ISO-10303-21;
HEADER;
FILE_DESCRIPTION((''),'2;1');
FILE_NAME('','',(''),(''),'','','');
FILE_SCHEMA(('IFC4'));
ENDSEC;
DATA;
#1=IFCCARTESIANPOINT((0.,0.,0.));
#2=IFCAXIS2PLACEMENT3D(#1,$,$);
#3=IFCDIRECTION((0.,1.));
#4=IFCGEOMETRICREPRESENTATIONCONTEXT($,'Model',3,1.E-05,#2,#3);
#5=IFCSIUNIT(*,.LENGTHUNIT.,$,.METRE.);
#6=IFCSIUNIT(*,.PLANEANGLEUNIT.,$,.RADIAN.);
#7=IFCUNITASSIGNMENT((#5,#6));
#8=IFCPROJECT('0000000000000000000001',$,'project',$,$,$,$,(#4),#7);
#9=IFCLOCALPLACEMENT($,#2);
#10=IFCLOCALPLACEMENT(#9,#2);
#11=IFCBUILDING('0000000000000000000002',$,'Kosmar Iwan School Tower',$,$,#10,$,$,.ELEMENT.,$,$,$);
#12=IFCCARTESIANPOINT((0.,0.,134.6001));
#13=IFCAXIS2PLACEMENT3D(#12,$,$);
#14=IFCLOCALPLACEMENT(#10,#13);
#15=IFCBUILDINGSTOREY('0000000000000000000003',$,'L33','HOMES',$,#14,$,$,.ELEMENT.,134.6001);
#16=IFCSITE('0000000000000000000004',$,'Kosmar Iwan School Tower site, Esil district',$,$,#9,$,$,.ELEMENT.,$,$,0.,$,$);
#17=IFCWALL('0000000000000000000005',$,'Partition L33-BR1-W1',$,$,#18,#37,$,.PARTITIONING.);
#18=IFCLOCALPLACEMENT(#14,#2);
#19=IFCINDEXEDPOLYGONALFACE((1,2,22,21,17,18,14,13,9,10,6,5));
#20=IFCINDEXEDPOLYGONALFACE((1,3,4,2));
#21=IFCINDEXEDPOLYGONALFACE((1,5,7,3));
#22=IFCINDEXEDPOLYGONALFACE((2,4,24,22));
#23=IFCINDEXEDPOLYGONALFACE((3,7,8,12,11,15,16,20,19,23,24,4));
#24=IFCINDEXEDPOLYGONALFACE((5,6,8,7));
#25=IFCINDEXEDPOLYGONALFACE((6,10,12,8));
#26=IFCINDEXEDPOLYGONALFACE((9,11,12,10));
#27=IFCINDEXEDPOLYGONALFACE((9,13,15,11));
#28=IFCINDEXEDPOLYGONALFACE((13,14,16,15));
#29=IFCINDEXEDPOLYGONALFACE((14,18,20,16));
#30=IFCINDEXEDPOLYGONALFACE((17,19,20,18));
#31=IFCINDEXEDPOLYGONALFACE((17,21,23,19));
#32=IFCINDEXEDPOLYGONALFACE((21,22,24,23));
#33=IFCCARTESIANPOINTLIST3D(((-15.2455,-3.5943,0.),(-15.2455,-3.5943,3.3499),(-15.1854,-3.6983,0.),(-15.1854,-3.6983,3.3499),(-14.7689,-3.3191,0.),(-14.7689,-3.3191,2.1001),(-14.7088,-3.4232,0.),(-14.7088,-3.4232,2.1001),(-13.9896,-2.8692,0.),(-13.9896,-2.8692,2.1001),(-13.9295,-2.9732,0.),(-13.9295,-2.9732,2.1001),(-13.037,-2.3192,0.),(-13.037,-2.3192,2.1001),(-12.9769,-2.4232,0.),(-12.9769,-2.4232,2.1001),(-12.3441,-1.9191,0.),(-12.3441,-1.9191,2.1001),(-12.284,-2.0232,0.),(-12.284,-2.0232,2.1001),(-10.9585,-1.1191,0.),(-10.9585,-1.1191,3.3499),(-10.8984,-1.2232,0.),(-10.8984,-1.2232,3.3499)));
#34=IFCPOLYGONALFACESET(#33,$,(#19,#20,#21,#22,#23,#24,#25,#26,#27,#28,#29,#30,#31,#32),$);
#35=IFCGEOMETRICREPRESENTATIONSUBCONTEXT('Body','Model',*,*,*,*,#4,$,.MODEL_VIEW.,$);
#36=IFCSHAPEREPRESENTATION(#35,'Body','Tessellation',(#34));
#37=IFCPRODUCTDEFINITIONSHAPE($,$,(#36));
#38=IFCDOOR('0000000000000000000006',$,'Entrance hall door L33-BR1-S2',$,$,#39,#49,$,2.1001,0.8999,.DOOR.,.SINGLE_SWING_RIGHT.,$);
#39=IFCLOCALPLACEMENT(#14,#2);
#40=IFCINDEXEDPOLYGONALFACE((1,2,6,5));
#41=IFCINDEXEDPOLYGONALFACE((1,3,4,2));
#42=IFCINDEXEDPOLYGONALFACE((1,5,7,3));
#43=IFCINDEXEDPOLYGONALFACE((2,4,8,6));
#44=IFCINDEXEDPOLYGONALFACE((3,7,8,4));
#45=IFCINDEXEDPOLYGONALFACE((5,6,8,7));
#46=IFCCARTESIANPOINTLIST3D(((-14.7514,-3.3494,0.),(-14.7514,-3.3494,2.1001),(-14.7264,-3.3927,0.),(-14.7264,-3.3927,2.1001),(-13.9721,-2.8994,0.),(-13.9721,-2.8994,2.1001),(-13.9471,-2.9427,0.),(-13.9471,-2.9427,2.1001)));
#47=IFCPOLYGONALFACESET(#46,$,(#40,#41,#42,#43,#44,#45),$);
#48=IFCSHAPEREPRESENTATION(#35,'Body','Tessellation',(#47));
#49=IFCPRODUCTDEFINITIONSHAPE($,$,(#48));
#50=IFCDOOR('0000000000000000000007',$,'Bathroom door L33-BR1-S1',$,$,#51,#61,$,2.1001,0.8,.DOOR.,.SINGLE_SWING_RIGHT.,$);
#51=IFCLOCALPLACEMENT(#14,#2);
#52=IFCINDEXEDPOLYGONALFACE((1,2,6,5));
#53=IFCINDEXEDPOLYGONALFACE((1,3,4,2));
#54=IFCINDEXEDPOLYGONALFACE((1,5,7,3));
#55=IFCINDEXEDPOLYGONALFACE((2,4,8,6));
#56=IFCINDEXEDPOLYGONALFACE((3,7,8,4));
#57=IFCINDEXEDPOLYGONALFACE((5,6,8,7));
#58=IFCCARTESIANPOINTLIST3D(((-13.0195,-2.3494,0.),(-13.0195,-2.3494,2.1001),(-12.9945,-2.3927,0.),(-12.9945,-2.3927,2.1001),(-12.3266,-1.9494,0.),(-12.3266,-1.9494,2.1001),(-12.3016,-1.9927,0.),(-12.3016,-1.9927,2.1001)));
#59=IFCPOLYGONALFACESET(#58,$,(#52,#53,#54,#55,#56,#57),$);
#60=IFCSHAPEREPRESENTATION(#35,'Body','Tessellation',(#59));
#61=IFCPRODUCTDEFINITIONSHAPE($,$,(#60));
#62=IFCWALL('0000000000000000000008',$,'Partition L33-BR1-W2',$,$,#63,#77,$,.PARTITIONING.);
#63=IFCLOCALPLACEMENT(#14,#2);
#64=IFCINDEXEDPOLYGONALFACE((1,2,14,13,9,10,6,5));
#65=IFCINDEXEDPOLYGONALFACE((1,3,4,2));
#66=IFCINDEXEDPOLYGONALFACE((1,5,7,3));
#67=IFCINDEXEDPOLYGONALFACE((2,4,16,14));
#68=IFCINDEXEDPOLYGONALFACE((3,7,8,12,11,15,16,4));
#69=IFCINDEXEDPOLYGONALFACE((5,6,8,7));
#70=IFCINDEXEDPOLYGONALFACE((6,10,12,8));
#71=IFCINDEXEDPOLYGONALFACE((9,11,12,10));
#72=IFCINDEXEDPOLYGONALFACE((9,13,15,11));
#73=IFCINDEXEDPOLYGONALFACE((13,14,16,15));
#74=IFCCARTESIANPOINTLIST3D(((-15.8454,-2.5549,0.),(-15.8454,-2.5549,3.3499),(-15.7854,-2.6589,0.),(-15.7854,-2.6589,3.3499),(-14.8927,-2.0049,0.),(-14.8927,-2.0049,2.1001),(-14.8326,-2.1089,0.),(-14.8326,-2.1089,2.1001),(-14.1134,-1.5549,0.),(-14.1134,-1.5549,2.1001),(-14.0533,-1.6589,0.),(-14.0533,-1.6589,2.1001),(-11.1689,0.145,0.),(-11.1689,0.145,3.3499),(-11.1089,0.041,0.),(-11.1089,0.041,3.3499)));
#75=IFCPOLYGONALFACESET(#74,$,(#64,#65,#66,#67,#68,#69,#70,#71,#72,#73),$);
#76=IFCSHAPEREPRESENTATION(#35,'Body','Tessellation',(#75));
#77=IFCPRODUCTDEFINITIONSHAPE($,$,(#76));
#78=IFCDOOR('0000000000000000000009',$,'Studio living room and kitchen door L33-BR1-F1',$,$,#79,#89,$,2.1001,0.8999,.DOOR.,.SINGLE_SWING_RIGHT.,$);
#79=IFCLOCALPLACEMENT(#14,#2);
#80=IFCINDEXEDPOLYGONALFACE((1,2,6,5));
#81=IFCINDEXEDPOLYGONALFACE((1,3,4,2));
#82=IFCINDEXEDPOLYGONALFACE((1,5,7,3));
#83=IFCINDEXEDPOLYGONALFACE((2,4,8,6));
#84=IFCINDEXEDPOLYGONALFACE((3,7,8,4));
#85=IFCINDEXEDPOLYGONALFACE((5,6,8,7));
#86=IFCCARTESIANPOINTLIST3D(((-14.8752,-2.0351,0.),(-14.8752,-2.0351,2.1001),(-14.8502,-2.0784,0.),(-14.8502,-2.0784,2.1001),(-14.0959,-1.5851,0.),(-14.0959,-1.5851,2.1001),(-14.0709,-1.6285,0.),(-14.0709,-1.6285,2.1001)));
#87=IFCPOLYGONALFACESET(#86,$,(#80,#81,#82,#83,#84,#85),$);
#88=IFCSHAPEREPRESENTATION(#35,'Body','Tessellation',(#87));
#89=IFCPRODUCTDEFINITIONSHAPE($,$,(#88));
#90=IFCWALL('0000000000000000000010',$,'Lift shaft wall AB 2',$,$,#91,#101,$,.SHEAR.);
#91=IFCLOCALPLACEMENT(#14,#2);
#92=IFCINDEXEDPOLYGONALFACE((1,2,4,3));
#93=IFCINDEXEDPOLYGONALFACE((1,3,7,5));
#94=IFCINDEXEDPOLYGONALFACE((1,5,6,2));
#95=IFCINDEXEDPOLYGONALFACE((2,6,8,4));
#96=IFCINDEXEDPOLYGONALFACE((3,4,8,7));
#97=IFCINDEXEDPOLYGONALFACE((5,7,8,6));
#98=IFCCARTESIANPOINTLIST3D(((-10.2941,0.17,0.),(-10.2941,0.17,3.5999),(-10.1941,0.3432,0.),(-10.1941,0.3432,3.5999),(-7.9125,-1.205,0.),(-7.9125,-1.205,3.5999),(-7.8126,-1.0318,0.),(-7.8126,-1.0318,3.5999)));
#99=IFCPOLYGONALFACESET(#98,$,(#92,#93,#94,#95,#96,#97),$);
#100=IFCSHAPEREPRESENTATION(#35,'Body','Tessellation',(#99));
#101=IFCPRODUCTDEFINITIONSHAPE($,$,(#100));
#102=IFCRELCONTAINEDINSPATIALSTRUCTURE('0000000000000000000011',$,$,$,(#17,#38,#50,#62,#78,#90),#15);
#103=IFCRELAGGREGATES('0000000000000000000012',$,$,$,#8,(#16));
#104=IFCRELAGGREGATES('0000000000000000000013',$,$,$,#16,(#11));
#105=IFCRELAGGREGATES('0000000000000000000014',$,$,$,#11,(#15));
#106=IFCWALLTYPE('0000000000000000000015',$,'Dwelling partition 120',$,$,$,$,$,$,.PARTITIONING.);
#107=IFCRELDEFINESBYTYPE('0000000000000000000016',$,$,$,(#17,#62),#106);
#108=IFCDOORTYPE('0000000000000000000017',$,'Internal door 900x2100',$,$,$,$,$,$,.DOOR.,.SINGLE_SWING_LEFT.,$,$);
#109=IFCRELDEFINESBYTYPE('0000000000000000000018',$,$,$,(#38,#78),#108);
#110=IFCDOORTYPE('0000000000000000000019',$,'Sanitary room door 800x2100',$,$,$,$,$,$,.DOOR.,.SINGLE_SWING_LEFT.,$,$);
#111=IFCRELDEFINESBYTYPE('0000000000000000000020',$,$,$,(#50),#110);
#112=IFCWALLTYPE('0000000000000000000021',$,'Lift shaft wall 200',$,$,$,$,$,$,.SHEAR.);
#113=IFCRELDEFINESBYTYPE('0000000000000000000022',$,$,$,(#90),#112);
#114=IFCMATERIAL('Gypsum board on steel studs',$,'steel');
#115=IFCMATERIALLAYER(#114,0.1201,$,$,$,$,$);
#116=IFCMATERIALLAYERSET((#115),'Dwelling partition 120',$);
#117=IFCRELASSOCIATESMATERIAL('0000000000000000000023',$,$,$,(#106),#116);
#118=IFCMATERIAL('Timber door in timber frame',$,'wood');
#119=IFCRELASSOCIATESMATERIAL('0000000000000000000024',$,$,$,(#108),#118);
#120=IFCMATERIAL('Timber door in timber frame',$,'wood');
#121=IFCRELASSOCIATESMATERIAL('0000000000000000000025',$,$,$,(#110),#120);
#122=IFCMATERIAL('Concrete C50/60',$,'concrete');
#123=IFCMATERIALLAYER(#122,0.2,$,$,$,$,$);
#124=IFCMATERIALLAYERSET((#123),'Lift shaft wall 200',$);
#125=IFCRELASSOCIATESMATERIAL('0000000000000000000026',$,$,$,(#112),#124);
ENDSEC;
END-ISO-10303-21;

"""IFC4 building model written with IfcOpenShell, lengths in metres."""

from ifc_helpers import new_model, si_unit, direction, frame, frame_2d, origin, place, context, subcontext, project, spatial, rectangle, extrude, material, layer, layer_set, type_object, element, fill, save


model = new_model("IFC4")

# Units and contexts
model_context = context("Model", 3, precision=1e-05, world=origin(), true_north=direction((0.0, 1.0)))
body_context = subcontext(model_context, "Body", "Model", "MODEL_VIEW")
ifc_project = project(units=[si_unit("LENGTHUNIT", "METRE"), si_unit("PLANEANGLEUNIT", "RADIAN")], contexts=[model_context])

# Site, building, storey
site_placement = place(None, origin())
site = spatial("IfcSite", under=ifc_project, at=site_placement, Name="Kosmar Iwan School Tower site, Esil district", CompositionType="ELEMENT", RefElevation=0.0)
building_placement = place(site_placement, origin())
building = spatial("IfcBuilding", under=site, at=building_placement, Name="Kosmar Iwan School Tower", CompositionType="ELEMENT")
storey_placement = place(building_placement, frame((0.0, 0.0, 134.6001)))
storey = spatial("IfcBuildingStorey", under=building, at=storey_placement, Name="L33", Description="HOMES", CompositionType="ELEMENT", Elevation=134.6001)

# Wall, openings, doors
ifc_material_1 = material(Name="Gypsum board on steel studs", Category="steel")
ifc_layer_1 = layer(ifc_material_1, 0.1201)
ifc_layer_set_1 = layer_set([ifc_layer_1], Name="Dwelling partition 120")
wall_type_1 = type_object("IfcWallType", Name="Dwelling partition 120", PredefinedType="PARTITIONING", material=ifc_layer_set_1)
wall_1_placement = place(storey_placement, frame((-10.9285, -1.1711, 0.0), z_axis=(0.0, 0.0, 1.0), x_axis=(-0.866019, -0.500011, 0.0)))
wall_1 = element("IfcWall", 1, at=wall_1_placement, inside=storey, type_object=wall_type_1, Name="Partition L33-BR1-W1", PredefinedType="PARTITIONING", context=body_context, shape_type="SweptSolid", body=[
    extrude(rectangle(XDim=4.9502, YDim=0.1201, at=frame_2d((2.4751, 0.0))), origin(), (0.0, 0.0, 1.0), 3.3499),
])
opening_1_placement = place(wall_1_placement, frame((1.6001, 0.0, 0.0)))
opening_1 = element("IfcOpeningElement", 2, at=opening_1_placement, cuts=wall_1, PredefinedType="OPENING", context=body_context, shape_type="SweptSolid", body=[
    extrude(rectangle(XDim=0.8, YDim=2.1001, at=frame_2d((0.3999, 1.05))), frame((0.0, 0.072, 0.0), z_axis=(0.0, -1.0, 0.0), x_axis=(1.0, 0.0, 0.0)), (0.0, 0.0, 1.0), 0.144),
])
opening_2_placement = place(wall_1_placement, frame((3.5, 0.0, 0.0)))
opening_2 = element("IfcOpeningElement", 3, at=opening_2_placement, cuts=wall_1, PredefinedType="OPENING", context=body_context, shape_type="SweptSolid", body=[
    extrude(rectangle(XDim=0.8999, YDim=2.1001, at=frame_2d((0.45, 1.05))), frame((0.0, 0.072, 0.0), z_axis=(0.0, -1.0, 0.0), x_axis=(1.0, 0.0, 0.0)), (0.0, 0.0, 1.0), 0.144),
])
ifc_material_2 = material(Name="Timber door in timber frame", Category="wood")
door_type_1 = type_object("IfcDoorType", Name="Internal door 900x2100", OperationType="SINGLE_SWING_LEFT", PredefinedType="DOOR", material=ifc_material_2)
door_1_placement = place(opening_2_placement, origin())
door_1 = element("IfcDoor", 4, at=door_1_placement, inside=storey, type_object=door_type_1, Name="Entrance hall door L33-BR1-S2", OperationType="SINGLE_SWING_RIGHT", OverallHeight=2.1001, OverallWidth=0.8999, PredefinedType="DOOR", context=body_context, shape_type="SweptSolid", body=[
    extrude(rectangle(XDim=0.8999, YDim=2.1001, at=frame_2d((0.45, 1.05))), frame((0.0, 0.0249, 0.0), z_axis=(0.0, -1.0, 0.0), x_axis=(1.0, 0.0, 0.0)), (0.0, 0.0, 1.0), 0.05),
])
fill(opening_2, door_1)
ifc_material_3 = material(Name="Timber door in timber frame", Category="wood")
door_type_2 = type_object("IfcDoorType", Name="Sanitary room door 800x2100", OperationType="SINGLE_SWING_LEFT", PredefinedType="DOOR", material=ifc_material_3)
door_2_placement = place(opening_1_placement, origin())
door_2 = element("IfcDoor", 5, at=door_2_placement, inside=storey, type_object=door_type_2, Name="Bathroom door L33-BR1-S1", OperationType="SINGLE_SWING_RIGHT", OverallHeight=2.1001, OverallWidth=0.8, PredefinedType="DOOR", context=body_context, shape_type="SweptSolid", body=[
    extrude(rectangle(XDim=0.8, YDim=2.1001, at=frame_2d((0.3999, 1.05))), frame((0.0, 0.0249, 0.0), z_axis=(0.0, -1.0, 0.0), x_axis=(1.0, 0.0, 0.0)), (0.0, 0.0, 1.0), 0.05),
])
fill(opening_1, door_2)

# Wall, opening, door
wall_2_placement = place(storey_placement, frame((-11.1389, 0.093, 0.0), z_axis=(0.0, 0.0, 1.0), x_axis=(-0.866028, -0.499995, 0.0)))
wall_2 = element("IfcWall", 6, at=wall_2_placement, inside=storey, type_object=wall_type_1, Name="Partition L33-BR1-W2", PredefinedType="PARTITIONING", context=body_context, shape_type="SweptSolid", body=[
    extrude(rectangle(XDim=5.3999, YDim=0.1201, at=frame_2d((2.7, 0.0))), origin(), (0.0, 0.0, 1.0), 3.3499),
])
opening_3_placement = place(wall_2_placement, frame((3.3999, 0.0, 0.0)))
opening_3 = element("IfcOpeningElement", 7, at=opening_3_placement, cuts=wall_2, PredefinedType="OPENING", context=body_context, shape_type="SweptSolid", body=[
    extrude(rectangle(XDim=0.8999, YDim=2.1001, at=frame_2d((0.45, 1.05))), frame((0.0, 0.072, 0.0), z_axis=(0.0, -1.0, 0.0), x_axis=(1.0, 0.0, 0.0)), (0.0, 0.0, 1.0), 0.144),
])
door_3_placement = place(opening_3_placement, origin())
door_3 = element("IfcDoor", 8, at=door_3_placement, inside=storey, type_object=door_type_1, Name="Studio living room and kitchen door L33-BR1-F1", OperationType="SINGLE_SWING_RIGHT", OverallHeight=2.1001, OverallWidth=0.8999, PredefinedType="DOOR", context=body_context, shape_type="SweptSolid", body=[
    extrude(rectangle(XDim=0.8999, YDim=2.1001, at=frame_2d((0.45, 1.05))), frame((0.0, 0.0249, 0.0), z_axis=(0.0, -1.0, 0.0), x_axis=(1.0, 0.0, 0.0)), (0.0, 0.0, 1.0), 0.05),
])
fill(opening_3, door_3)

# Wall
ifc_material_4 = material(Name="Concrete C50/60", Category="concrete")
ifc_layer_2 = layer(ifc_material_4, 0.2)
ifc_layer_set_2 = layer_set([ifc_layer_2], Name="Lift shaft wall 200")
wall_type_2 = type_object("IfcWallType", Name="Lift shaft wall 200", PredefinedType="SHEAR", material=ifc_layer_set_2)
wall_3_placement = place(storey_placement, frame((-7.8625, -1.1184, 0.0), z_axis=(0.0, 0.0, 1.0), x_axis=(-0.866027, 0.499997, 0.0)))
element("IfcWall", 9, at=wall_3_placement, inside=storey, type_object=wall_type_2, Name="Lift shaft wall AB 2", PredefinedType="SHEAR", context=body_context, shape_type="SweptSolid", body=[
    extrude(rectangle(XDim=2.75, YDim=0.2, at=frame_2d((1.375, 0.0))), origin(), (0.0, 0.0, 1.0), 3.5999),
])

save(model, "model.ifc")
